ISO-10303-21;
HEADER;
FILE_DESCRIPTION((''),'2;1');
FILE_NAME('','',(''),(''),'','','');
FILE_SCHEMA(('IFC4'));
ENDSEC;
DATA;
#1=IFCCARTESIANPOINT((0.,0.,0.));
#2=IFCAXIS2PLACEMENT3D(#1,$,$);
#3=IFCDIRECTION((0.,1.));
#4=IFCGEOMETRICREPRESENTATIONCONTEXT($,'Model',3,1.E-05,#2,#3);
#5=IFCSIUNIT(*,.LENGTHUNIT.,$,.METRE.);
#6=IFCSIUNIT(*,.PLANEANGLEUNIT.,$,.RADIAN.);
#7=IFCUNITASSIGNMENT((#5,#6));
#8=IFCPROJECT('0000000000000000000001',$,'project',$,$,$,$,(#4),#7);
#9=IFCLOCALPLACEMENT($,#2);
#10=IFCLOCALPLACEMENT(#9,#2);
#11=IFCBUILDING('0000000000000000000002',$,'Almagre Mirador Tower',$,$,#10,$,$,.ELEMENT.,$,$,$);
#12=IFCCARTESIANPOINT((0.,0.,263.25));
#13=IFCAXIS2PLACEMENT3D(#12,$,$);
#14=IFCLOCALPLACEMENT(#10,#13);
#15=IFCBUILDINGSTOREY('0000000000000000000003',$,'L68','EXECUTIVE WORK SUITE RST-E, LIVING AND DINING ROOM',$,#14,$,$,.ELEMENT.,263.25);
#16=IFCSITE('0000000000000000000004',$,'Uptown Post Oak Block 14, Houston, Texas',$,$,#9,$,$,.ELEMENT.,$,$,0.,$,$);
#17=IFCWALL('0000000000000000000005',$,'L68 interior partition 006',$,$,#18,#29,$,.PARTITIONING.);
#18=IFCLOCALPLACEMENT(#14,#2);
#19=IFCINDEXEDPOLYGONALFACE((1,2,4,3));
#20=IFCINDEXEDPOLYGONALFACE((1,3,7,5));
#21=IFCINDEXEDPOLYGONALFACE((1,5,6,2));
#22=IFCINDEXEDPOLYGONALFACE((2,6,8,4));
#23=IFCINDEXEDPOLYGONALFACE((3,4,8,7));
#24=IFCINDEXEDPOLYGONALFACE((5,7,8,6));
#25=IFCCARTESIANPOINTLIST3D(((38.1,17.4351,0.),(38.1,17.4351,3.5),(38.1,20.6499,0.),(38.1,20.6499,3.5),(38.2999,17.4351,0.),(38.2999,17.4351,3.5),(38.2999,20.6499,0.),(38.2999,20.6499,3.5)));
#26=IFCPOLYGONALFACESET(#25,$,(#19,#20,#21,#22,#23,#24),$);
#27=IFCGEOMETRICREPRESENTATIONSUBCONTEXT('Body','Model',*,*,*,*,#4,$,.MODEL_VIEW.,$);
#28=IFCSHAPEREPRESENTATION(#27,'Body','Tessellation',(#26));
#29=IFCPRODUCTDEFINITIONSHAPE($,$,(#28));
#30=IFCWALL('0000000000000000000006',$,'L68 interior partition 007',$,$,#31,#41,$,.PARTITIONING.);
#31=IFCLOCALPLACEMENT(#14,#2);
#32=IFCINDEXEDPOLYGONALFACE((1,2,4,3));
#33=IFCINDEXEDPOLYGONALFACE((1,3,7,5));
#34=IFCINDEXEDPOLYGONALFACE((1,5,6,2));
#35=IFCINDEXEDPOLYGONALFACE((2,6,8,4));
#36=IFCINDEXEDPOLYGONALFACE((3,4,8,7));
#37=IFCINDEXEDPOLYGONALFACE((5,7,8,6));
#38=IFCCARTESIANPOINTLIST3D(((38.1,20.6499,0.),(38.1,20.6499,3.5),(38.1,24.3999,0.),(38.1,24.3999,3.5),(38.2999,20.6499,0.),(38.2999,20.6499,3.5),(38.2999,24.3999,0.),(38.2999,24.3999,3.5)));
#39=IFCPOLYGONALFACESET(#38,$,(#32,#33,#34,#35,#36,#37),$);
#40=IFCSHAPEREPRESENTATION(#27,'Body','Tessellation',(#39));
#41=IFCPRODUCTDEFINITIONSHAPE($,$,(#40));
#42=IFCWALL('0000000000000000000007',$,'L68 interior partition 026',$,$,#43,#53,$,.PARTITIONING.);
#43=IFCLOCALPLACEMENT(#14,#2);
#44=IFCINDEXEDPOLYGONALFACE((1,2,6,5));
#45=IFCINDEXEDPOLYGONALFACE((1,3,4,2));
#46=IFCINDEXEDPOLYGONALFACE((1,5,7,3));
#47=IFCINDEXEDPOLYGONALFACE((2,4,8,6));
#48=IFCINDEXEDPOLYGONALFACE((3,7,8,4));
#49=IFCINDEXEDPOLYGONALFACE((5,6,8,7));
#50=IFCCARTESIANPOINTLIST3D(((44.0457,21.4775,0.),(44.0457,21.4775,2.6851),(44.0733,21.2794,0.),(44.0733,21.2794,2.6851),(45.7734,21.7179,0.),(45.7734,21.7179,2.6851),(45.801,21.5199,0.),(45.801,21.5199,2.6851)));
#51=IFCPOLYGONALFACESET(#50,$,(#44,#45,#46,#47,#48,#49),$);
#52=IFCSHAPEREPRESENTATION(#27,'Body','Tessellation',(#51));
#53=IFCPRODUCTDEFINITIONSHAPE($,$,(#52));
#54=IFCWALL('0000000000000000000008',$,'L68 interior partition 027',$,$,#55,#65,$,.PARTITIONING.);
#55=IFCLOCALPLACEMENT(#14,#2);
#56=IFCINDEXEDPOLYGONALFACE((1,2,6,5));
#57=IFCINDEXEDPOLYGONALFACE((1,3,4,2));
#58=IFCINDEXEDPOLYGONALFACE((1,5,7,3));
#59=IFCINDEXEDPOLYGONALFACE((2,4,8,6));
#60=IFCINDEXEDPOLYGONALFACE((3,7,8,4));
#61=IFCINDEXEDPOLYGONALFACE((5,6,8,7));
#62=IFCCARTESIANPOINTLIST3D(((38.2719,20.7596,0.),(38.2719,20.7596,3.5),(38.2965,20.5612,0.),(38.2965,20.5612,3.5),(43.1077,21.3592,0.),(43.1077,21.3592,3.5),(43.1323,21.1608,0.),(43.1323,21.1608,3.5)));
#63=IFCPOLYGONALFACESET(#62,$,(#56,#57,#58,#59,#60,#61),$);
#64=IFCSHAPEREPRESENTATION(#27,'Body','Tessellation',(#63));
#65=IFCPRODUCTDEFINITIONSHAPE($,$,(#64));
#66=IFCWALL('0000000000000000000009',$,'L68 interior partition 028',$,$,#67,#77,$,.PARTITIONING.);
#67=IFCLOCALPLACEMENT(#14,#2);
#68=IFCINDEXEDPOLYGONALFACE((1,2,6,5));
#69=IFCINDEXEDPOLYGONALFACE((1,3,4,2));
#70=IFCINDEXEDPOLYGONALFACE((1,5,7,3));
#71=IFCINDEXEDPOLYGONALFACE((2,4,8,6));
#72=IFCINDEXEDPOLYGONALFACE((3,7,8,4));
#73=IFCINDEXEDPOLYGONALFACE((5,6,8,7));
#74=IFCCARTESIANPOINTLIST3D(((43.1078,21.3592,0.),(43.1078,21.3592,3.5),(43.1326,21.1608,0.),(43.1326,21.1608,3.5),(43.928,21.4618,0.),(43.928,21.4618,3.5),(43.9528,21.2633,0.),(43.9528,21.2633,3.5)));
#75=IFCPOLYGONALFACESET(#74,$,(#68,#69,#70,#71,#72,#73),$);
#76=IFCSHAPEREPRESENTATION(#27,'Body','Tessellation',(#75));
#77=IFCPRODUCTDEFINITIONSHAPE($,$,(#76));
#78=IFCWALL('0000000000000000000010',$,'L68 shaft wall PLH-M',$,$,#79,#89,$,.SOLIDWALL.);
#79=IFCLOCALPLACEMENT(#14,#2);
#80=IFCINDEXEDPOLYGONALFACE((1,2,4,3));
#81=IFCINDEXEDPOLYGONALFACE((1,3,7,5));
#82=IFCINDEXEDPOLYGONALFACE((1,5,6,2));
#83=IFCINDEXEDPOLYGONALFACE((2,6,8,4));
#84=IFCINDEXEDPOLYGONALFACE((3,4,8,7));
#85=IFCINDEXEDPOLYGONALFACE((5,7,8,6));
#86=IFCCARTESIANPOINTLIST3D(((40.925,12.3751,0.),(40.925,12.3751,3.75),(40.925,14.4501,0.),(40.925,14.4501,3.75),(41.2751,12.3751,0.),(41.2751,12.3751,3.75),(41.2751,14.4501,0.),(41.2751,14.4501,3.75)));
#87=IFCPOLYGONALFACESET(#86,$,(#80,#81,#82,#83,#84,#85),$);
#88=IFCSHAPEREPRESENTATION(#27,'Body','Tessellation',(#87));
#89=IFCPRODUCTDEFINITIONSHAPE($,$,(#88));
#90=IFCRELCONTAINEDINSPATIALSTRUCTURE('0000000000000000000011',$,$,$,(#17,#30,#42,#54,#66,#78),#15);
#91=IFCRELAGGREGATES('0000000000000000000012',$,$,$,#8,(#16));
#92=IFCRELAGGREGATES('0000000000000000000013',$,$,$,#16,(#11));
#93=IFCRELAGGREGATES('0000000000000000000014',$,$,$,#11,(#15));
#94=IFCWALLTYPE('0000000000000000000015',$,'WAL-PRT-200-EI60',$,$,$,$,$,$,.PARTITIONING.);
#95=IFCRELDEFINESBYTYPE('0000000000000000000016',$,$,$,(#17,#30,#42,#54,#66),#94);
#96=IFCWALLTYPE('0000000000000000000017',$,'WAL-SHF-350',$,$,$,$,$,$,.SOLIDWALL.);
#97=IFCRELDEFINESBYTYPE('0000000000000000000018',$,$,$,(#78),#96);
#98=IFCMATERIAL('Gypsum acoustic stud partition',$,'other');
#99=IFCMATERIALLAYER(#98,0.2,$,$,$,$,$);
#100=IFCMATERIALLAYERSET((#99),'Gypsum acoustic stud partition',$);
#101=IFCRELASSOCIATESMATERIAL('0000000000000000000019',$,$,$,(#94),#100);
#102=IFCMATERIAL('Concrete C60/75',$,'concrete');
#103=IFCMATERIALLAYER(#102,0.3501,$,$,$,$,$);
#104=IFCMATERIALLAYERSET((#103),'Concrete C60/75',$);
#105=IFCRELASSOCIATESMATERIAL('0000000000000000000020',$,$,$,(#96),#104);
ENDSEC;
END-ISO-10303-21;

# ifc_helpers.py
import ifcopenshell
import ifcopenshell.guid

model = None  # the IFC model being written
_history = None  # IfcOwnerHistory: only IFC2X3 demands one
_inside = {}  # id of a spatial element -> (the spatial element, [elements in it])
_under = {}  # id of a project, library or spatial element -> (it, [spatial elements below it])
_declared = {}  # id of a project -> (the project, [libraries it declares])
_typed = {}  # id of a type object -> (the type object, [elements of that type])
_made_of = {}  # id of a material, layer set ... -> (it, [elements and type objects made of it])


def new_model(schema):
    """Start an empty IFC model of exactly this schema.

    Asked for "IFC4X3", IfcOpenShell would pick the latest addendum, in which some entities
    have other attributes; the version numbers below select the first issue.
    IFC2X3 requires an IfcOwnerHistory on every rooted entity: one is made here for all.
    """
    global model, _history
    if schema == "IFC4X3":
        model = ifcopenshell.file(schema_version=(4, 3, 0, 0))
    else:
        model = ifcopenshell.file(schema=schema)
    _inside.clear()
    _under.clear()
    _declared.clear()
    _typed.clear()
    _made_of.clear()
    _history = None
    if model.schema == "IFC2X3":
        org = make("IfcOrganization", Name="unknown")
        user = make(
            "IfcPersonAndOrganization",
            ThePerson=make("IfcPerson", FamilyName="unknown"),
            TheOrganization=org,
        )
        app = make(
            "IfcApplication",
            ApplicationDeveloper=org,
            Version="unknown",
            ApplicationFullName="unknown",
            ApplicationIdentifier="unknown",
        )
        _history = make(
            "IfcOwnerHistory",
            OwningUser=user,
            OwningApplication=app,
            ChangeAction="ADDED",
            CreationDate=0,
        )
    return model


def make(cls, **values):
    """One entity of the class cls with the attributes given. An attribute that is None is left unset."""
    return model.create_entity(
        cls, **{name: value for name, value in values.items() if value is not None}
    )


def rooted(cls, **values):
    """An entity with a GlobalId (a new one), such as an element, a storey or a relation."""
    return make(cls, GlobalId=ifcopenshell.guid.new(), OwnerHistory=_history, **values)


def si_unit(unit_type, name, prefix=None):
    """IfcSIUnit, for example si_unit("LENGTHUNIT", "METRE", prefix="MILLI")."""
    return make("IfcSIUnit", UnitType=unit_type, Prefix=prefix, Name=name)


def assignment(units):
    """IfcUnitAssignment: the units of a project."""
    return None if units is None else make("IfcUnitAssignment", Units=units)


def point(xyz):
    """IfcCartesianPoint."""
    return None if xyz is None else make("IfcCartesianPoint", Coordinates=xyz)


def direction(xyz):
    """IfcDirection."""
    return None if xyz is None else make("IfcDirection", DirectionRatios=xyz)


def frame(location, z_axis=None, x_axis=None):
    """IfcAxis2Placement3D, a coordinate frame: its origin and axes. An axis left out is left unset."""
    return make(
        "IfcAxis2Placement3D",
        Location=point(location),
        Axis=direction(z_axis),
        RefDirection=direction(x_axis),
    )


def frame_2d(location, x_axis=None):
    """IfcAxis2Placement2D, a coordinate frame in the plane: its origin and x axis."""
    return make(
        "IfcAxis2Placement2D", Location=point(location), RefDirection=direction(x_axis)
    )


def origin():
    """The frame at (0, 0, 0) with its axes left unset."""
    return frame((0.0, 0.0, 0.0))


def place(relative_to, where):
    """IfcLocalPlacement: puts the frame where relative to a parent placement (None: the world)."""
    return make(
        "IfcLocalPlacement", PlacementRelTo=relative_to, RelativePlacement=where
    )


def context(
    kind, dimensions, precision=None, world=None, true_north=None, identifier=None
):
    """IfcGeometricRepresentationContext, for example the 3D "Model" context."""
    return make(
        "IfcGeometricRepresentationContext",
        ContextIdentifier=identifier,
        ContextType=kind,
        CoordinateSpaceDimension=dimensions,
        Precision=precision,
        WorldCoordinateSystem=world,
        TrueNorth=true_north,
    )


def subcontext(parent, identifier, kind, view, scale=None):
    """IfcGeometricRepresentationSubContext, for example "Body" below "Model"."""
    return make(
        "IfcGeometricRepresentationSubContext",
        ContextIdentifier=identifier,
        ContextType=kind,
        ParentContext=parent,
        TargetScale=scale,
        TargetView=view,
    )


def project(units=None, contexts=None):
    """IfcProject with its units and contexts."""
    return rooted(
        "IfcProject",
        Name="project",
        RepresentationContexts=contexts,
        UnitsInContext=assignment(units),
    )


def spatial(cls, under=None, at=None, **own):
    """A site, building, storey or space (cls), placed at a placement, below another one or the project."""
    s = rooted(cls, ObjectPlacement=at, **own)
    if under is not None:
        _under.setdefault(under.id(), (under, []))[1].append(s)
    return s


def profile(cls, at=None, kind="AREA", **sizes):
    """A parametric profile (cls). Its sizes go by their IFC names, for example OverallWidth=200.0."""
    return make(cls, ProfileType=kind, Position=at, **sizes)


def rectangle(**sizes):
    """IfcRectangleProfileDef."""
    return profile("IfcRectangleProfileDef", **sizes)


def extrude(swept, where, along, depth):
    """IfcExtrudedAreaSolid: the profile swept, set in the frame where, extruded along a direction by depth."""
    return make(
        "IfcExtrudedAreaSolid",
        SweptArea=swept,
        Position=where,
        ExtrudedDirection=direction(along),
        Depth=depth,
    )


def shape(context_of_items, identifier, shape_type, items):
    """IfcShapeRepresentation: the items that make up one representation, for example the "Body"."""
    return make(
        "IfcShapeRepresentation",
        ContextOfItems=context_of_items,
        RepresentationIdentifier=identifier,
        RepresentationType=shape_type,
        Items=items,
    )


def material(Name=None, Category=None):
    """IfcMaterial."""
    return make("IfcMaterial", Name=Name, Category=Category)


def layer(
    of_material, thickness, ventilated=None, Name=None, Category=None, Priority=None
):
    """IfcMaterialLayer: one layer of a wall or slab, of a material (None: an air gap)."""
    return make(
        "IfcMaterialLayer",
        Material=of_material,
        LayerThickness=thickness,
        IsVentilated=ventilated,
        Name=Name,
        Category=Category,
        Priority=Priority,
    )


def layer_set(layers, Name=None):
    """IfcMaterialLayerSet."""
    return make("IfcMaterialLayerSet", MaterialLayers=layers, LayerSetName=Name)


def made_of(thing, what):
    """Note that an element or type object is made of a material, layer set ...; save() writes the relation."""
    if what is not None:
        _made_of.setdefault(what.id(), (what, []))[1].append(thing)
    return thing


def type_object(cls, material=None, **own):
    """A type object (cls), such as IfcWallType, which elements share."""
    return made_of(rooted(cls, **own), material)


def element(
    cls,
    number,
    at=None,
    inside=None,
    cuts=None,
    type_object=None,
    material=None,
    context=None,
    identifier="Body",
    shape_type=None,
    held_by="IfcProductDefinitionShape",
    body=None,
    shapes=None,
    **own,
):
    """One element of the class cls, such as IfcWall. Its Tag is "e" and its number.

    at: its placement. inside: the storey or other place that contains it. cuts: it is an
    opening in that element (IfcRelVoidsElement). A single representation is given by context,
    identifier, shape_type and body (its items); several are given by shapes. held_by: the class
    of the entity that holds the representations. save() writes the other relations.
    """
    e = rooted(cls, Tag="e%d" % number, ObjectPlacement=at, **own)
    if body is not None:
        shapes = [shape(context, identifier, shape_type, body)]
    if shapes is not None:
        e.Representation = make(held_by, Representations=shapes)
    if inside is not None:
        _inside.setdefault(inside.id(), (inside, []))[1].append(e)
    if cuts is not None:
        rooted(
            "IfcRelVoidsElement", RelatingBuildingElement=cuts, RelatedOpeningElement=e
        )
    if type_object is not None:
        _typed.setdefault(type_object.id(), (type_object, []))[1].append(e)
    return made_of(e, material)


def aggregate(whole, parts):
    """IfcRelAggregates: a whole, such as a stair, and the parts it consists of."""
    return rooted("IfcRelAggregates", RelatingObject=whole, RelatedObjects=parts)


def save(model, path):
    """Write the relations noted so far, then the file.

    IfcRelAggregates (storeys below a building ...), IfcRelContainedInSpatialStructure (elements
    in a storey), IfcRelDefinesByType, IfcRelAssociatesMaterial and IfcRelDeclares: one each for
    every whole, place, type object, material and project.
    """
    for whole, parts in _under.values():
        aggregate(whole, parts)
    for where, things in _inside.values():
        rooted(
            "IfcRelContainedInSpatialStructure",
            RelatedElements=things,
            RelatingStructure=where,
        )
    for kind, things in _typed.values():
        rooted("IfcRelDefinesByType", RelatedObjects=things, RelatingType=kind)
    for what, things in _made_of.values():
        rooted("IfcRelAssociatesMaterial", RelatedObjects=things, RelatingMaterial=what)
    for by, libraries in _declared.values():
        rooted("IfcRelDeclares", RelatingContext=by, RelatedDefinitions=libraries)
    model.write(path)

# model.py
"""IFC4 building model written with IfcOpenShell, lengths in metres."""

from ifc_helpers import new_model, si_unit, direction, frame, frame_2d, origin, place, context, subcontext, project, spatial, rectangle, extrude, material, layer, layer_set, type_object, element, save


model = new_model("IFC4")

# Units and contexts
model_context = context("Model", 3, precision=1e-05, world=origin(), true_north=direction((0.0, 1.0)))
body_context = subcontext(model_context, "Body", "Model", "MODEL_VIEW")
ifc_project = project(units=[si_unit("LENGTHUNIT", "METRE"), si_unit("PLANEANGLEUNIT", "RADIAN")], contexts=[model_context])

# Site, building, storey
site_placement = place(None, origin())
site = spatial("IfcSite", under=ifc_project, at=site_placement, Name="Uptown Post Oak Block 14, Houston, Texas", CompositionType="ELEMENT", RefElevation=0.0)
building_placement = place(site_placement, origin())
building = spatial("IfcBuilding", under=site, at=building_placement, Name="Almagre Mirador Tower", CompositionType="ELEMENT")
storey_placement = place(building_placement, frame((0.0, 0.0, 263.25)))
storey = spatial("IfcBuildingStorey", under=building, at=storey_placement, Name="L68", Description="EXECUTIVE WORK SUITE RST-E, LIVING AND DINING ROOM", CompositionType="ELEMENT", Elevation=263.25)

# Shared definitions
ifc_material_1 = material(Name="Gypsum acoustic stud partition", Category="other")
ifc_layer_1 = layer(ifc_material_1, 0.2)
ifc_layer_set_1 = layer_set([ifc_layer_1], Name="Gypsum acoustic stud partition")
wall_type_1 = type_object("IfcWallType", Name="WAL-PRT-200-EI60", PredefinedType="PARTITIONING", material=ifc_layer_set_1)

# Walls
wall_1_placement = place(storey_placement, frame((38.2, 17.4351, 0.0), z_axis=(0.0, 0.0, 1.0), x_axis=(0.0, 1.0, 0.0)))
element("IfcWall", 1, at=wall_1_placement, inside=storey, type_object=wall_type_1, Name="L68 interior partition 006", PredefinedType="PARTITIONING", context=body_context, shape_type="SweptSolid", body=[
    extrude(rectangle(XDim=3.2148, YDim=0.2, at=frame_2d((1.6074, 0.0))), origin(), (0.0, 0.0, 1.0), 3.5),
])
wall_2_placement = place(storey_placement, frame((38.2, 20.6499, 0.0), z_axis=(0.0, 0.0, 1.0), x_axis=(0.0, 1.0, 0.0)))
element("IfcWall", 2, at=wall_2_placement, inside=storey, type_object=wall_type_1, Name="L68 interior partition 007", PredefinedType="PARTITIONING", context=body_context, shape_type="SweptSolid", body=[
    extrude(rectangle(XDim=3.75, YDim=0.2, at=frame_2d((1.875, 0.0))), origin(), (0.0, 0.0, 1.0), 3.5),
])
wall_3_placement = place(storey_placement, frame((45.7871, 21.6189, 0.0), z_axis=(0.0, 0.0, 1.0), x_axis=(-0.990453, -0.137854, 0.0)))
element("IfcWall", 3, at=wall_3_placement, inside=storey, type_object=wall_type_1, Name="L68 interior partition 026", PredefinedType="PARTITIONING", context=body_context, shape_type="SweptSolid", body=[
    extrude(rectangle(XDim=1.7444, YDim=0.2, at=frame_2d((0.8721, 0.0))), origin(), (0.0, 0.0, 1.0), 2.6851),
])
wall_4_placement = place(storey_placement, frame((43.1201, 21.26, 0.0), z_axis=(0.0, 0.0, 1.0), x_axis=(-0.9924, -0.123054, 0.0)))
element("IfcWall", 4, at=wall_4_placement, inside=storey, type_object=wall_type_1, Name="L68 interior partition 027", PredefinedType="PARTITIONING", context=body_context, shape_type="SweptSolid", body=[
    extrude(rectangle(XDim=4.8728, YDim=0.2, at=frame_2d((2.4365, 0.0))), origin(), (0.0, 0.0, 1.0), 3.5),
])
wall_5_placement = place(storey_placement, frame((43.9404, 21.3625, 0.0), z_axis=(0.0, 0.0, 1.0), x_axis=(-0.992278, -0.124035, 0.0)))
element("IfcWall", 5, at=wall_5_placement, inside=storey, type_object=wall_type_1, Name="L68 interior partition 028", PredefinedType="PARTITIONING", context=body_context, shape_type="SweptSolid", body=[
    extrude(rectangle(XDim=0.8267, YDim=0.2, at=frame_2d((0.4133, 0.0))), origin(), (0.0, 0.0, 1.0), 3.5),
])
ifc_material_2 = material(Name="Concrete C60/75", Category="concrete")
ifc_layer_2 = layer(ifc_material_2, 0.3501)
ifc_layer_set_2 = layer_set([ifc_layer_2], Name="Concrete C60/75")
wall_type_2 = type_object("IfcWallType", Name="WAL-SHF-350", PredefinedType="SOLIDWALL", material=ifc_layer_set_2)
wall_6_placement = place(storey_placement, frame((41.1001, 12.375, 0.0), z_axis=(0.0, 0.0, 1.0), x_axis=(0.0, 1.0, 0.0)))
element("IfcWall", 6, at=wall_6_placement, inside=storey, type_object=wall_type_2, Name="L68 shaft wall PLH-M", PredefinedType="SOLIDWALL", context=body_context, shape_type="SweptSolid", body=[
    extrude(rectangle(XDim=2.075, YDim=0.3501, at=frame_2d((1.0376, 0.0))), origin(), (0.0, 0.0, 1.0), 3.75),
])

save(model, "model.ifc")
